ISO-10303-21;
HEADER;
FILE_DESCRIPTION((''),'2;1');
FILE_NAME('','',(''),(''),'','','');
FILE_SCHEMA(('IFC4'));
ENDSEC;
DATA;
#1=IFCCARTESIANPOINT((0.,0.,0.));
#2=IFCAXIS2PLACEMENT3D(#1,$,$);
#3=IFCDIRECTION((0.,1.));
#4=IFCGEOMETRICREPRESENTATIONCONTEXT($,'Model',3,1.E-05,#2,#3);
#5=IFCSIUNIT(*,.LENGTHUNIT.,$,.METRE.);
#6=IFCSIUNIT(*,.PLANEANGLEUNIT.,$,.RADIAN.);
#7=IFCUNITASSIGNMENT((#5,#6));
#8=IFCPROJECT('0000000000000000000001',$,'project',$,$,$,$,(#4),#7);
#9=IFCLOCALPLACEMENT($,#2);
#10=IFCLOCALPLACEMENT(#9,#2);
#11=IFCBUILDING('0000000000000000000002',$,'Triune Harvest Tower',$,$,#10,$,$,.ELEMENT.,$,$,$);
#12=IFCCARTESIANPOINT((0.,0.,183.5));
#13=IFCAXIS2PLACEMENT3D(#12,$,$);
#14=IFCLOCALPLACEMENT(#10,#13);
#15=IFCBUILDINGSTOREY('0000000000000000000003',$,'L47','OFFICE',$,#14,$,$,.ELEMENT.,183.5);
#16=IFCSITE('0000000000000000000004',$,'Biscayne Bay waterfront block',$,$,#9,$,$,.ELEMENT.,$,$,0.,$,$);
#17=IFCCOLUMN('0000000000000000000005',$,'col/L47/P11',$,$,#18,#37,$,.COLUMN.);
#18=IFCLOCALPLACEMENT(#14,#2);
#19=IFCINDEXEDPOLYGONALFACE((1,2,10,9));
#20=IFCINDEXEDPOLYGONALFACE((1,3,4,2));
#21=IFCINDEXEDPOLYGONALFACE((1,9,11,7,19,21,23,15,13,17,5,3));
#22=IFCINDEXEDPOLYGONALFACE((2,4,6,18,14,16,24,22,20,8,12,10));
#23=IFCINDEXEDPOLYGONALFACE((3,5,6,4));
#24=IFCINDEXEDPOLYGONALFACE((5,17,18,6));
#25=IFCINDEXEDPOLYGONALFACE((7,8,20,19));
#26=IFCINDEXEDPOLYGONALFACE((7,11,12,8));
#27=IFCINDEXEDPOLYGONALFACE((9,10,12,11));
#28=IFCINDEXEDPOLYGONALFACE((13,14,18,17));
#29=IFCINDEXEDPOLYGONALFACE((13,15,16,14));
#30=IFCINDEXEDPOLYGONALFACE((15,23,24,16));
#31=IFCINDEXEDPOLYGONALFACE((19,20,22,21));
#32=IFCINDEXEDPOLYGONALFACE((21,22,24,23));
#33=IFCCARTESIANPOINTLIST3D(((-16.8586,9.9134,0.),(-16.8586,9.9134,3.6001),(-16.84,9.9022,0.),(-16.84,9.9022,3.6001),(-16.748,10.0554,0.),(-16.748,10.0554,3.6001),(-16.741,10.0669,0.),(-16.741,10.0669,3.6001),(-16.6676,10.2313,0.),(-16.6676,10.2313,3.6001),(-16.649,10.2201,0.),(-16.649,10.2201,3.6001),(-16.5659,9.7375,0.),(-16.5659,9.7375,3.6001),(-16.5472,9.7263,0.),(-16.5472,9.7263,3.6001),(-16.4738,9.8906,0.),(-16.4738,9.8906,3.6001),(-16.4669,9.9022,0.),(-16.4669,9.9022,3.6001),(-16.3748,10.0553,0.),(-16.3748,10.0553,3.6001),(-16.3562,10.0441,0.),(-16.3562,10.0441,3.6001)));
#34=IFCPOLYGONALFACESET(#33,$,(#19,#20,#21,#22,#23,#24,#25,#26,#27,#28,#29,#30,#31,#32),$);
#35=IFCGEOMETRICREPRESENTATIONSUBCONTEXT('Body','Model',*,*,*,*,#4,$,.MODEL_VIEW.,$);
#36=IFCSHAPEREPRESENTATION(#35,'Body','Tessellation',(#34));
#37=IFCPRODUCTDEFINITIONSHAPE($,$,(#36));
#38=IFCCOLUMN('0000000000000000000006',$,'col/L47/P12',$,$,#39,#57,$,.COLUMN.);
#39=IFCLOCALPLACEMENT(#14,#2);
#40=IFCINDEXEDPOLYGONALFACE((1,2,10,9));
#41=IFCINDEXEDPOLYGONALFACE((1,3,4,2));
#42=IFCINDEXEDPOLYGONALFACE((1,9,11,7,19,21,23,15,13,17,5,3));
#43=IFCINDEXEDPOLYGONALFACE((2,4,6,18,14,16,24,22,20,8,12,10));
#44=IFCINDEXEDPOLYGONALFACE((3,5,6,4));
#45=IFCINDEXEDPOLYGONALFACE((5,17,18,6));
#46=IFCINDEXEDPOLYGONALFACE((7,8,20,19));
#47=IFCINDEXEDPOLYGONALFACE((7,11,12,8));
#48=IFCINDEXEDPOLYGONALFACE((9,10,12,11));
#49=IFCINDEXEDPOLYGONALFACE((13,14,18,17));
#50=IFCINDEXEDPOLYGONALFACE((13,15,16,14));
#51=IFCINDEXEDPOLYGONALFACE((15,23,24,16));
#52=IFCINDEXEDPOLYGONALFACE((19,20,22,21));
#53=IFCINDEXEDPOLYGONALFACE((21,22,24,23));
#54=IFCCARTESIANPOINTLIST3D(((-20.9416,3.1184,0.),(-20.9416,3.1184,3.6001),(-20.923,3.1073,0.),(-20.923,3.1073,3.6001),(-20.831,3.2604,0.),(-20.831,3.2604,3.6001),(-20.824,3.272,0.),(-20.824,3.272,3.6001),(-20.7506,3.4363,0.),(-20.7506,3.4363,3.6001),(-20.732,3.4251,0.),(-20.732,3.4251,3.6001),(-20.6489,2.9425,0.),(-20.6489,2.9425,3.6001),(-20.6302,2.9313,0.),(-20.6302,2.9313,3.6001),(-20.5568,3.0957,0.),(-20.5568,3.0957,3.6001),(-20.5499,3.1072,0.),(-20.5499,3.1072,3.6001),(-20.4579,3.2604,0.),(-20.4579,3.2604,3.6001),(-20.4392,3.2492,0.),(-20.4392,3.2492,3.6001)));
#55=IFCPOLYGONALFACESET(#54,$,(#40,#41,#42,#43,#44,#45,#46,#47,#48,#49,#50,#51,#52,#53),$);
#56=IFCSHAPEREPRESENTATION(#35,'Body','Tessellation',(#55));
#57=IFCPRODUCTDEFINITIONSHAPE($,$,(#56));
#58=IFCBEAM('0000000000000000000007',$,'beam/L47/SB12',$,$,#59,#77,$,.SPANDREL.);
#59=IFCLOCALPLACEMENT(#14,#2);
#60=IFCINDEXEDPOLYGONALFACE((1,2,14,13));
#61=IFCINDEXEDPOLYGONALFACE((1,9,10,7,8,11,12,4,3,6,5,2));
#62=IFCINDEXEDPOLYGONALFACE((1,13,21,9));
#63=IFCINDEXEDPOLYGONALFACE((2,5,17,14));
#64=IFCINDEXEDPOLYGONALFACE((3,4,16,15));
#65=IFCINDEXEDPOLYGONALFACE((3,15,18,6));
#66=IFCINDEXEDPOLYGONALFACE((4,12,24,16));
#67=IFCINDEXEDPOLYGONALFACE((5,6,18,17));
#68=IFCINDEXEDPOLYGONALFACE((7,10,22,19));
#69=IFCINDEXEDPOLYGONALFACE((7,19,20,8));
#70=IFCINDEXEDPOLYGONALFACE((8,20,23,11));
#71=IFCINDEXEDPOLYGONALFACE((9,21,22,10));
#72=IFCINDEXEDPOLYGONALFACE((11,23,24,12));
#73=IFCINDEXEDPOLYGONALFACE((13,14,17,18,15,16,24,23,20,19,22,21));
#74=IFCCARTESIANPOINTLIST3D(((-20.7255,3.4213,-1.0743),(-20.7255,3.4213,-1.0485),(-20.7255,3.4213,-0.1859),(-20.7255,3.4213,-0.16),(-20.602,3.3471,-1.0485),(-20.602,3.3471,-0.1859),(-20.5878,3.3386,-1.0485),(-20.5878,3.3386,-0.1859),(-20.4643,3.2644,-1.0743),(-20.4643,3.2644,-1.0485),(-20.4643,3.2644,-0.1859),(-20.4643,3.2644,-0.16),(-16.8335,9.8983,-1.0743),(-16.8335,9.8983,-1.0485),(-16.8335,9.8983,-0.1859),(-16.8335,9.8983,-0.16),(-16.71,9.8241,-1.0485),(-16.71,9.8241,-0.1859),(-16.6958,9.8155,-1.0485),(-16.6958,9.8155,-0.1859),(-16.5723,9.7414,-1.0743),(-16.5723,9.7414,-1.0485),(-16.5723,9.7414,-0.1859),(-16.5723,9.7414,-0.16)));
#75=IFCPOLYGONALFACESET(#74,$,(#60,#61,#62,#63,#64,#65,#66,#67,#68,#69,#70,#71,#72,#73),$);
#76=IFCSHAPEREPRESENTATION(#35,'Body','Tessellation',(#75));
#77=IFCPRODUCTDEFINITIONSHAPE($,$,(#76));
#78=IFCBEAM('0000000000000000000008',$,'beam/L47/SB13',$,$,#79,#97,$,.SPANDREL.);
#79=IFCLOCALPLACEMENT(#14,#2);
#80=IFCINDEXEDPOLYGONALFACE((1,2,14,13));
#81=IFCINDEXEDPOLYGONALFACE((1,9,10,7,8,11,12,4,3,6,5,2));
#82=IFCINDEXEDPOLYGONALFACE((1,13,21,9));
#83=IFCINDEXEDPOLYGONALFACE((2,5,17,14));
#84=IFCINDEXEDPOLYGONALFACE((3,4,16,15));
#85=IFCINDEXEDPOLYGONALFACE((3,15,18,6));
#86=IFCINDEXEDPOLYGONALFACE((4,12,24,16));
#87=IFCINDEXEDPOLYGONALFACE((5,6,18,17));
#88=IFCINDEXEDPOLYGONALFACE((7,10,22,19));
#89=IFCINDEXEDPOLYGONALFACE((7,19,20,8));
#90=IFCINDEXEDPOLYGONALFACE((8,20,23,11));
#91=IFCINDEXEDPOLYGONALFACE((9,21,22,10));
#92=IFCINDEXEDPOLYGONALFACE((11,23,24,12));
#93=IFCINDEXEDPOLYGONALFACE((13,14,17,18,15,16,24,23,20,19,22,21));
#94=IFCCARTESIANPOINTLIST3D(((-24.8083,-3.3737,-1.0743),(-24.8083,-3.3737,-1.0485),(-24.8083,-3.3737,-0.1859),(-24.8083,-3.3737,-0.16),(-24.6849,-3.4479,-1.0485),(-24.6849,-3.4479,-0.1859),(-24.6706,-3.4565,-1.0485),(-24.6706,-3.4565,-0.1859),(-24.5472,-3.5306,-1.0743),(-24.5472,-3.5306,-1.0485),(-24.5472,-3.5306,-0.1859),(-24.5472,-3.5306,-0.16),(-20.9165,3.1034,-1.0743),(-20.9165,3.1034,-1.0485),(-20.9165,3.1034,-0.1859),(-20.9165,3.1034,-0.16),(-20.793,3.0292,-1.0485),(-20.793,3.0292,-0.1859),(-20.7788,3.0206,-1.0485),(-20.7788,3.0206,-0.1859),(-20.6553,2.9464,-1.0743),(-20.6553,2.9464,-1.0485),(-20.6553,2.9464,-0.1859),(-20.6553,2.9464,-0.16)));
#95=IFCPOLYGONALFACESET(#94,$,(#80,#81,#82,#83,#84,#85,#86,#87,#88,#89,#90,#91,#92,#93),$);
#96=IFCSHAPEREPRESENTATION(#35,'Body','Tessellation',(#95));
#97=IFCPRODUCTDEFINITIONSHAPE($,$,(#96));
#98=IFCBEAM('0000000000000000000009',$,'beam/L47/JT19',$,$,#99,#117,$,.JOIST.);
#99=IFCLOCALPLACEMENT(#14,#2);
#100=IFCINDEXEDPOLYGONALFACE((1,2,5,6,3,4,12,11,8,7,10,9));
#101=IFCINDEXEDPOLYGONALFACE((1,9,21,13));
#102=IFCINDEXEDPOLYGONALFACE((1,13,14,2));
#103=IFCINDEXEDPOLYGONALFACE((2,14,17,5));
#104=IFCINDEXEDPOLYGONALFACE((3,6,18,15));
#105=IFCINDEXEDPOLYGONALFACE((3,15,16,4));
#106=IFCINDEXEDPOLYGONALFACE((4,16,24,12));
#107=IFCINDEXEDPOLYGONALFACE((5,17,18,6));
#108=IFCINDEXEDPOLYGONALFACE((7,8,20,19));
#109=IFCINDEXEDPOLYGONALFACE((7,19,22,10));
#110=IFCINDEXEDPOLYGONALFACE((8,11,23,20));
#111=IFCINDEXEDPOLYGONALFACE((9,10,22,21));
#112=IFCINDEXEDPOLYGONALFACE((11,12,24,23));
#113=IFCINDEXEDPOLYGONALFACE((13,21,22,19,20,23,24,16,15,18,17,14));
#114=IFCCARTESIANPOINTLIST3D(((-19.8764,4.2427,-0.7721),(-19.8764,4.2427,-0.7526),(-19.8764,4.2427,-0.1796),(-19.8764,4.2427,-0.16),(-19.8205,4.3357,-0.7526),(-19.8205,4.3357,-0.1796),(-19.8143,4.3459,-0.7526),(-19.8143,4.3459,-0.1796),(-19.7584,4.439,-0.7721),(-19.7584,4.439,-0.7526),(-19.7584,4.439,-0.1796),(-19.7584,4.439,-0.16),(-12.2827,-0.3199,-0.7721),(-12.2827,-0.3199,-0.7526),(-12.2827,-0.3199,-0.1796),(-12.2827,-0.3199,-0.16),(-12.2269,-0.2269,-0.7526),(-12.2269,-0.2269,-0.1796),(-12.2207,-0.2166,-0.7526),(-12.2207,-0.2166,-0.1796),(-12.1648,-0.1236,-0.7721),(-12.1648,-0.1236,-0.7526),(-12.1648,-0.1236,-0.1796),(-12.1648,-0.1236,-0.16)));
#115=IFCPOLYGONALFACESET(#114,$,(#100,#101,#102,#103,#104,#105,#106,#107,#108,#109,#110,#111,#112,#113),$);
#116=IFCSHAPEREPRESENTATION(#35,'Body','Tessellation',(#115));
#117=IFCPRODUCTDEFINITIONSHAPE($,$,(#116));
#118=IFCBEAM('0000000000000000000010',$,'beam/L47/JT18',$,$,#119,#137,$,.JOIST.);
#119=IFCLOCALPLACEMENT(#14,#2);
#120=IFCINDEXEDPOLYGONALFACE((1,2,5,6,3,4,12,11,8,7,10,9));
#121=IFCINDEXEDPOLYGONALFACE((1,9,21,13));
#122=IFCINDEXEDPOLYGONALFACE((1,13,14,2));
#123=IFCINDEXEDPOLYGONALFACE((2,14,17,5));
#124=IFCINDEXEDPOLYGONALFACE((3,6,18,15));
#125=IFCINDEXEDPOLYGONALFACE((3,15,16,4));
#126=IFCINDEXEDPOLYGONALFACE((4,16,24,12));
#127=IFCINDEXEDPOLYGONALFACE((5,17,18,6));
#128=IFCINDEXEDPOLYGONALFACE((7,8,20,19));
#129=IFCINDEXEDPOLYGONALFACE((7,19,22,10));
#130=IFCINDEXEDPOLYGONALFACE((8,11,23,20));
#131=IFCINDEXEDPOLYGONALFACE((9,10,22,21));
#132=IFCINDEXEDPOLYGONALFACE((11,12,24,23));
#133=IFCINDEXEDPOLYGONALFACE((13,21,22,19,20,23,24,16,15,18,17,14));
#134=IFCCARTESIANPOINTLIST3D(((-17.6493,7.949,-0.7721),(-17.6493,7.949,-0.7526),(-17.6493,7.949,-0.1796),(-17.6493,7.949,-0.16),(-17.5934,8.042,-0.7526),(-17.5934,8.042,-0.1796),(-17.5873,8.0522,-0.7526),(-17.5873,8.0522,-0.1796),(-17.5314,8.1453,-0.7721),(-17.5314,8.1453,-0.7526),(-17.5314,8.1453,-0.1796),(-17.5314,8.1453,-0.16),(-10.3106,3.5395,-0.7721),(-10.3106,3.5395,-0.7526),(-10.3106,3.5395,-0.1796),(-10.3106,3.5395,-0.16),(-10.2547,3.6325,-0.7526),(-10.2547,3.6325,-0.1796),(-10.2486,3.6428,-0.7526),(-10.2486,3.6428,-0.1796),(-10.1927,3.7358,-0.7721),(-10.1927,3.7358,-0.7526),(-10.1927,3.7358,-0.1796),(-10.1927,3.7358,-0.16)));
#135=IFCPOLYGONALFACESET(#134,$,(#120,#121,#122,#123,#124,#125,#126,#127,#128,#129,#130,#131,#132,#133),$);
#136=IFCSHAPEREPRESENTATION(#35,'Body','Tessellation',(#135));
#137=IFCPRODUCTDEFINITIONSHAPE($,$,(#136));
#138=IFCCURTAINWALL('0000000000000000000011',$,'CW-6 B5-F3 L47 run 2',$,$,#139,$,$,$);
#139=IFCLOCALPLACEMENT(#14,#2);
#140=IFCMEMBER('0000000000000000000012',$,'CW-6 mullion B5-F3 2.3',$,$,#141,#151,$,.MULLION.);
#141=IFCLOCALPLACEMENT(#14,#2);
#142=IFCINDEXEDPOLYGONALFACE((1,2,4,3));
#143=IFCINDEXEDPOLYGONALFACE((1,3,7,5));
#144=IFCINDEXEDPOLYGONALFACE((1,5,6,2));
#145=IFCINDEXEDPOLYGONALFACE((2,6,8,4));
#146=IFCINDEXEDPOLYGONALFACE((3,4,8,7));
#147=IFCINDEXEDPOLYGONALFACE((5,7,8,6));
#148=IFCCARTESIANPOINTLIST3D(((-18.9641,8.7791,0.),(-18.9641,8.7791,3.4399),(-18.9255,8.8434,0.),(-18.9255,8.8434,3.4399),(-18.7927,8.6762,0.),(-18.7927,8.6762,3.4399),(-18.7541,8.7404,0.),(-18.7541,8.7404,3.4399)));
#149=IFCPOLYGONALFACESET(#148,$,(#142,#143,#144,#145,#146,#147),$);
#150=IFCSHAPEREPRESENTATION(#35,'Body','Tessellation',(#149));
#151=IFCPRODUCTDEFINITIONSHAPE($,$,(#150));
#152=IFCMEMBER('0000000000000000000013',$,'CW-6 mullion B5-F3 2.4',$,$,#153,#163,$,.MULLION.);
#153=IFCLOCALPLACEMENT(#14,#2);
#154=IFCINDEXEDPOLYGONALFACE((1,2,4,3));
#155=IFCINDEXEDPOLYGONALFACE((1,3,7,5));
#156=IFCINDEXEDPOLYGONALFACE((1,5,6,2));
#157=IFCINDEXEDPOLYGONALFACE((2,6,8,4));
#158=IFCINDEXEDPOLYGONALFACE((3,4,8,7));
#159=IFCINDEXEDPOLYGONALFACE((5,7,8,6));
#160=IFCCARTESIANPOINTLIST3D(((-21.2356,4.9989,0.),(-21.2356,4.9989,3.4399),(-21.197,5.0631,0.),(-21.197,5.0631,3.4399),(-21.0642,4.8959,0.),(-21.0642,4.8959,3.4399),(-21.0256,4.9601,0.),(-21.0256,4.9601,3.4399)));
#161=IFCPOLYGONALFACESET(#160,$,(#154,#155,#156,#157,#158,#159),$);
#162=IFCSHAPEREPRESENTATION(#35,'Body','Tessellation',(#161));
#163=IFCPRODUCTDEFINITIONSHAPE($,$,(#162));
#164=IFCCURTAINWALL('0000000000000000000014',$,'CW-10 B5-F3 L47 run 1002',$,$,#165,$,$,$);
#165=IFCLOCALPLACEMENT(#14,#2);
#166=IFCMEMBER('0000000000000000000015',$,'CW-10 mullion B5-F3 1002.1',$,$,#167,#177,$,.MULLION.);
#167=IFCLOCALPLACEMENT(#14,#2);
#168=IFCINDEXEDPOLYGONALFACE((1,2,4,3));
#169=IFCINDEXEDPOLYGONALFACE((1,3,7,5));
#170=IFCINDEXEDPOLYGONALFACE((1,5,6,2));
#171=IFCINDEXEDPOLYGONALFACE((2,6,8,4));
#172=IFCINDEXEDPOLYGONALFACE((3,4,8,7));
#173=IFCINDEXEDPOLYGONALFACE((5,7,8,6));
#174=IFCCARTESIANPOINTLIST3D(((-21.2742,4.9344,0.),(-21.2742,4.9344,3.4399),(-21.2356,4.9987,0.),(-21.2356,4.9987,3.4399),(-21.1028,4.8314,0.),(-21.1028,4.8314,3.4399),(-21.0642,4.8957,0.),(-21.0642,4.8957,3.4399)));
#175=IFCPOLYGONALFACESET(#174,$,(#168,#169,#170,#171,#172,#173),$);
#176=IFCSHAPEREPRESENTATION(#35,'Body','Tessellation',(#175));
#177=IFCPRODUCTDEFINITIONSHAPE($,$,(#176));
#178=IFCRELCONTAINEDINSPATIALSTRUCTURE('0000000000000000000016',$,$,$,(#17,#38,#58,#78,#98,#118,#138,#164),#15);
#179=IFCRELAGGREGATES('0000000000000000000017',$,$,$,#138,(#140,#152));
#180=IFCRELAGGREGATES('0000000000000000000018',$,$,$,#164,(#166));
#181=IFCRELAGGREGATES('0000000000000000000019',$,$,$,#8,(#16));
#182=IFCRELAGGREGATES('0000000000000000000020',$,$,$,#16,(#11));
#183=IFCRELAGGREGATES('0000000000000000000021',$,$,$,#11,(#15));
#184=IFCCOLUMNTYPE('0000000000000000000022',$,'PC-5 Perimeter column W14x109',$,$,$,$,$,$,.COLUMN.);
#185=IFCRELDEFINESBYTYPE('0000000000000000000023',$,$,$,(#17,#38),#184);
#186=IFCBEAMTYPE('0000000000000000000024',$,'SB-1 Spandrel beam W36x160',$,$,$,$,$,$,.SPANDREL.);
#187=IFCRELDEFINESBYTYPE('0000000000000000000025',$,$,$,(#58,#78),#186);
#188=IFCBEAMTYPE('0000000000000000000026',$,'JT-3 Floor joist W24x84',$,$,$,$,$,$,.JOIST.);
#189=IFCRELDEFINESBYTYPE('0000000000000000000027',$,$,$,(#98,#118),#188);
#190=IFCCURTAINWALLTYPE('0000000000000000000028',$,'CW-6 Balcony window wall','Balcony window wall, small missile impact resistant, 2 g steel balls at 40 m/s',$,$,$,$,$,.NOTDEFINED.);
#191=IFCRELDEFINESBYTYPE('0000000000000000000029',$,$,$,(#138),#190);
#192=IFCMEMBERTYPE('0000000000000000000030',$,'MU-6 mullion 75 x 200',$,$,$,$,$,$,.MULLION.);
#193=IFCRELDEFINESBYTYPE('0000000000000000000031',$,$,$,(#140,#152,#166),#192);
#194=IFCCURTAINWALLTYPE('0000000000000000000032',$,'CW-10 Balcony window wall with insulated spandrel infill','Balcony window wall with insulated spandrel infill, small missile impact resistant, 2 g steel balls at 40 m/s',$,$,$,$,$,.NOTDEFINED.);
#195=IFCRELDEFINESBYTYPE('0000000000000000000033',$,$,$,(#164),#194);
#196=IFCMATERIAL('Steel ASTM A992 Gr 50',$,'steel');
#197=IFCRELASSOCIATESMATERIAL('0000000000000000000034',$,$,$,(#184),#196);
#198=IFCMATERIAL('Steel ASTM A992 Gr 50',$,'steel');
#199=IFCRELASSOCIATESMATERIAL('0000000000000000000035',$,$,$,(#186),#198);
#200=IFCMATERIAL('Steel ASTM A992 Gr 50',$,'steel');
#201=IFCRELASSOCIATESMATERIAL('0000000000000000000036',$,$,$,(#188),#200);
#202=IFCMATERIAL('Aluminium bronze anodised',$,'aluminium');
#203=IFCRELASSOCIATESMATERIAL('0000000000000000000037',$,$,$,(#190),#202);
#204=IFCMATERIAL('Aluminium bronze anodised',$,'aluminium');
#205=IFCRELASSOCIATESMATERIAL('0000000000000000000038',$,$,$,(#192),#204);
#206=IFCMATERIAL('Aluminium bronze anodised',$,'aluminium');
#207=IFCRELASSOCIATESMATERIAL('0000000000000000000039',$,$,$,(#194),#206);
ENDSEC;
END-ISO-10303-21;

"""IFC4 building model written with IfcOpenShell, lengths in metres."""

from ifc_helpers import new_model, si_unit, direction, frame, origin, origin_2d, place, context, subcontext, project, spatial, rectangle, i_section, extrude, source, transform, mapped, material, material_profile, profile_set, type_object, element, aggregate, save


model = new_model("IFC4")

# Units and contexts
model_context = context("Model", 3, precision=1e-05, world=origin(), true_north=direction((0.0, 1.0)))
body_context = subcontext(model_context, "Body", "Model", "MODEL_VIEW")
ifc_project = project(units=[si_unit("LENGTHUNIT", "METRE"), si_unit("PLANEANGLEUNIT", "RADIAN")], contexts=[model_context])

# Site, building, storey
site_placement = place(None, origin())
site = spatial("IfcSite", under=ifc_project, at=site_placement, Name="Biscayne Bay waterfront block", CompositionType="ELEMENT", RefElevation=0.0)
building_placement = place(site_placement, origin())
building = spatial("IfcBuilding", under=site, at=building_placement, Name="Triune Harvest Tower", CompositionType="ELEMENT")
storey_placement = place(building_placement, frame((0.0, 0.0, 183.5)))
storey = spatial("IfcBuildingStorey", under=building, at=storey_placement, Name="L47", Description="OFFICE", CompositionType="ELEMENT", Elevation=183.5)

# Columns
ifc_material_1 = material(Name="Steel ASTM A992 Gr 50", Category="steel")
ifc_material_profile_1 = material_profile(ifc_material_1, i_section(OverallWidth=0.3708, OverallDepth=0.3633, WebThickness=0.0134, FlangeThickness=0.0217, at=origin_2d()), Name="W14x109")
ifc_profile_set_1 = profile_set([ifc_material_profile_1], Name="Steel ASTM A992 Gr 50")
column_type = type_object("IfcColumnType", Name="PC-5 Perimeter column W14x109", PredefinedType="COLUMN", material=ifc_profile_set_1)
shared_shape_1 = source(origin(), body_context, "Body", "SweptSolid", [
    extrude(i_section(OverallWidth=0.3708, OverallDepth=0.3633, WebThickness=0.0134, FlangeThickness=0.0217, at=origin_2d()), origin(), (0.0, 0.0, 1.0), 3.6001),
])
for number, where, z_axis, x_axis, name in (
    (1, (-16.6074, 9.9788, 0.0), (0.0, 0.0, 1.0), (-0.515037, -0.857168, 0.0), "col/L47/P11"),
    (2, (-20.6904, 3.1838, 0.0), (0.0, 0.0, 1.0), (-0.515037, -0.857168, 0.0), "col/L47/P12"),
):
    element("IfcColumn", number, at=place(storey_placement, frame(where, z_axis=z_axis, x_axis=x_axis)), inside=storey, type_object=column_type, Name=name, PredefinedType="COLUMN", context=body_context, shape_type="MappedRepresentation", body=[
        mapped(shared_shape_1, transform((0.0, 0.0, 0.0), scale=1.0)),
    ])

# Beams
ifc_material_2 = material(Name="Steel ASTM A992 Gr 50", Category="steel")
ifc_material_profile_2 = material_profile(ifc_material_2, i_section(OverallWidth=0.3047, OverallDepth=0.9143, WebThickness=0.0166, FlangeThickness=0.0259, at=origin_2d()), Name="W36x160")
ifc_profile_set_2 = profile_set([ifc_material_profile_2], Name="Steel ASTM A992 Gr 50")
beam_type_1 = type_object("IfcBeamType", Name="SB-1 Spandrel beam W36x160", PredefinedType="SPANDREL", material=ifc_profile_set_2)
shared_shape_2 = source(origin(), body_context, "Body", "SweptSolid", [
    extrude(i_section(OverallWidth=0.3047, OverallDepth=0.9143, WebThickness=0.0166, FlangeThickness=0.0259, at=origin_2d()), origin(), (0.0, 0.0, 1.0), 7.5564),
])
for number, where, z_axis, x_axis, name in (
    (3, (-16.7029, 9.8198, -0.6172), (-0.515066, -0.857151, 0.0), (0.857151, -0.515066, 0.0), "beam/L47/SB12"),
    (4, (-20.7859, 3.0249, -0.6172), (-0.515042, -0.857165, 0.0), (0.857165, -0.515042, 0.0), "beam/L47/SB13"),
):
    element("IfcBeam", number, at=place(storey_placement, frame(where, z_axis=z_axis, x_axis=x_axis)), inside=storey, type_object=beam_type_1, Name=name, PredefinedType="SPANDREL", context=body_context, shape_type="MappedRepresentation", body=[
        mapped(shared_shape_2, transform((0.0, 0.0, 0.0), scale=1.0)),
    ])
ifc_material_3 = material(Name="Steel ASTM A992 Gr 50", Category="steel")
ifc_material_profile_3 = material_profile(ifc_material_3, i_section(OverallWidth=0.229, OverallDepth=0.6121, WebThickness=0.012, FlangeThickness=0.0195, at=origin_2d()), Name="W24x84")
ifc_profile_set_3 = profile_set([ifc_material_profile_3], Name="Steel ASTM A992 Gr 50")
beam_type_2 = type_object("IfcBeamType", Name="JT-3 Floor joist W24x84", PredefinedType="JOIST", material=ifc_profile_set_3)
shared_shape_3 = source(origin(), body_context, "Body", "SweptSolid", [
    extrude(i_section(OverallWidth=0.229, OverallDepth=0.6121, WebThickness=0.012, FlangeThickness=0.0195, at=origin_2d()), origin(), (0.0, 0.0, 1.0), 8.8589),
])
beam_1_placement = place(storey_placement, frame((-19.8174, 4.3408, -0.4661), z_axis=(0.857174, -0.515027, 0.0), x_axis=(0.515027, 0.857174, 0.0)))
element("IfcBeam", 5, at=beam_1_placement, inside=storey, type_object=beam_type_2, Name="beam/L47/JT19", PredefinedType="JOIST", context=body_context, shape_type="MappedRepresentation", body=[
    mapped(shared_shape_3, transform((0.0, 0.0, 0.0), scale=1.0)),
])
shared_shape_4 = source(origin(), body_context, "Body", "SweptSolid", [
    extrude(i_section(OverallWidth=0.229, OverallDepth=0.6121, WebThickness=0.012, FlangeThickness=0.0195, at=origin_2d()), origin(), (0.0, 0.0, 1.0), 8.5615),
])
beam_2_placement = place(storey_placement, frame((-17.5903, 8.0471, -0.4661), z_axis=(0.857171, -0.515032, 0.0), x_axis=(0.515032, 0.857171, 0.0)))
element("IfcBeam", 6, at=beam_2_placement, inside=storey, type_object=beam_type_2, Name="beam/L47/JT18", PredefinedType="JOIST", context=body_context, shape_type="MappedRepresentation", body=[
    mapped(shared_shape_4, transform((0.0, 0.0, 0.0), scale=1.0)),
])

# Curtain wall, members
ifc_material_4 = material(Name="Aluminium bronze anodised", Category="aluminium")
curtain_wall_type_1 = type_object("IfcCurtainWallType", Name="CW-6 Balcony window wall", Description="Balcony window wall, small missile impact resistant, 2 g steel balls at 40 m/s", PredefinedType="NOTDEFINED", material=ifc_material_4)
curtain_wall_1_placement = place(storey_placement, origin())
curtain_wall_1 = element("IfcCurtainWall", 7, at=curtain_wall_1_placement, inside=storey, type_object=curtain_wall_type_1, Name="CW-6 B5-F3 L47 run 2")
ifc_material_5 = material(Name="Aluminium bronze anodised", Category="aluminium")
ifc_material_profile_4 = material_profile(ifc_material_5, rectangle(XDim=0.2, YDim=0.075, at=origin_2d()), Name="MU-6 mullion 75 x 200")
ifc_profile_set_4 = profile_set([ifc_material_profile_4], Name="Aluminium bronze anodised")
member_type_1 = type_object("IfcMemberType", Name="MU-6 mullion 75 x 200", PredefinedType="MULLION", material=ifc_profile_set_4)
shared_shape_5 = source(origin(), body_context, "Body", "SweptSolid", [
    extrude(rectangle(XDim=0.2, YDim=0.075, at=origin_2d()), origin(), (0.0, 0.0, 1.0), 3.4399),
])
member_1_placement = place(storey_placement, frame((-18.8591, 8.7598, 0.0), z_axis=(0.0, 0.0, 1.0), x_axis=(0.857168, -0.515037, 0.0)))
member_1 = element("IfcMember", 8, at=member_1_placement, type_object=member_type_1, Name="CW-6 mullion B5-F3 2.3", PredefinedType="MULLION", context=body_context, shape_type="MappedRepresentation", body=[
    mapped(shared_shape_5, transform((0.0, 0.0, 0.0), scale=1.0)),
])
member_2_placement = place(storey_placement, frame((-21.1306, 4.9795, 0.0), z_axis=(0.0, 0.0, 1.0), x_axis=(0.857168, -0.515037, 0.0)))
member_2 = element("IfcMember", 9, at=member_2_placement, type_object=member_type_1, Name="CW-6 mullion B5-F3 2.4", PredefinedType="MULLION", context=body_context, shape_type="MappedRepresentation", body=[
    mapped(shared_shape_5, transform((0.0, 0.0, 0.0), scale=1.0)),
])

# Curtain wall, member
ifc_material_6 = material(Name="Aluminium bronze anodised", Category="aluminium")
curtain_wall_type_2 = type_object("IfcCurtainWallType", Name="CW-10 Balcony window wall with insulated spandrel infill", Description="Balcony window wall with insulated spandrel infill, small missile impact resistant, 2 g steel balls at 40 m/s", PredefinedType="NOTDEFINED", material=ifc_material_6)
curtain_wall_2_placement = place(storey_placement, origin())
curtain_wall_2 = element("IfcCurtainWall", 10, at=curtain_wall_2_placement, inside=storey, type_object=curtain_wall_type_2, Name="CW-10 B5-F3 L47 run 1002")
member_3_placement = place(storey_placement, frame((-21.1692, 4.915, 0.0), z_axis=(0.0, 0.0, 1.0), x_axis=(0.857169, -0.515036, 0.0)))
member_3 = element("IfcMember", 11, at=member_3_placement, type_object=member_type_1, Name="CW-10 mullion B5-F3 1002.1", PredefinedType="MULLION", context=body_context, shape_type="MappedRepresentation", body=[
    mapped(shared_shape_5, transform((0.0, 0.0, 0.0), scale=1.0)),
])

aggregate(curtain_wall_1, [member_1, member_2])
aggregate(curtain_wall_2, [member_3])

save(model, "model.ifc")
